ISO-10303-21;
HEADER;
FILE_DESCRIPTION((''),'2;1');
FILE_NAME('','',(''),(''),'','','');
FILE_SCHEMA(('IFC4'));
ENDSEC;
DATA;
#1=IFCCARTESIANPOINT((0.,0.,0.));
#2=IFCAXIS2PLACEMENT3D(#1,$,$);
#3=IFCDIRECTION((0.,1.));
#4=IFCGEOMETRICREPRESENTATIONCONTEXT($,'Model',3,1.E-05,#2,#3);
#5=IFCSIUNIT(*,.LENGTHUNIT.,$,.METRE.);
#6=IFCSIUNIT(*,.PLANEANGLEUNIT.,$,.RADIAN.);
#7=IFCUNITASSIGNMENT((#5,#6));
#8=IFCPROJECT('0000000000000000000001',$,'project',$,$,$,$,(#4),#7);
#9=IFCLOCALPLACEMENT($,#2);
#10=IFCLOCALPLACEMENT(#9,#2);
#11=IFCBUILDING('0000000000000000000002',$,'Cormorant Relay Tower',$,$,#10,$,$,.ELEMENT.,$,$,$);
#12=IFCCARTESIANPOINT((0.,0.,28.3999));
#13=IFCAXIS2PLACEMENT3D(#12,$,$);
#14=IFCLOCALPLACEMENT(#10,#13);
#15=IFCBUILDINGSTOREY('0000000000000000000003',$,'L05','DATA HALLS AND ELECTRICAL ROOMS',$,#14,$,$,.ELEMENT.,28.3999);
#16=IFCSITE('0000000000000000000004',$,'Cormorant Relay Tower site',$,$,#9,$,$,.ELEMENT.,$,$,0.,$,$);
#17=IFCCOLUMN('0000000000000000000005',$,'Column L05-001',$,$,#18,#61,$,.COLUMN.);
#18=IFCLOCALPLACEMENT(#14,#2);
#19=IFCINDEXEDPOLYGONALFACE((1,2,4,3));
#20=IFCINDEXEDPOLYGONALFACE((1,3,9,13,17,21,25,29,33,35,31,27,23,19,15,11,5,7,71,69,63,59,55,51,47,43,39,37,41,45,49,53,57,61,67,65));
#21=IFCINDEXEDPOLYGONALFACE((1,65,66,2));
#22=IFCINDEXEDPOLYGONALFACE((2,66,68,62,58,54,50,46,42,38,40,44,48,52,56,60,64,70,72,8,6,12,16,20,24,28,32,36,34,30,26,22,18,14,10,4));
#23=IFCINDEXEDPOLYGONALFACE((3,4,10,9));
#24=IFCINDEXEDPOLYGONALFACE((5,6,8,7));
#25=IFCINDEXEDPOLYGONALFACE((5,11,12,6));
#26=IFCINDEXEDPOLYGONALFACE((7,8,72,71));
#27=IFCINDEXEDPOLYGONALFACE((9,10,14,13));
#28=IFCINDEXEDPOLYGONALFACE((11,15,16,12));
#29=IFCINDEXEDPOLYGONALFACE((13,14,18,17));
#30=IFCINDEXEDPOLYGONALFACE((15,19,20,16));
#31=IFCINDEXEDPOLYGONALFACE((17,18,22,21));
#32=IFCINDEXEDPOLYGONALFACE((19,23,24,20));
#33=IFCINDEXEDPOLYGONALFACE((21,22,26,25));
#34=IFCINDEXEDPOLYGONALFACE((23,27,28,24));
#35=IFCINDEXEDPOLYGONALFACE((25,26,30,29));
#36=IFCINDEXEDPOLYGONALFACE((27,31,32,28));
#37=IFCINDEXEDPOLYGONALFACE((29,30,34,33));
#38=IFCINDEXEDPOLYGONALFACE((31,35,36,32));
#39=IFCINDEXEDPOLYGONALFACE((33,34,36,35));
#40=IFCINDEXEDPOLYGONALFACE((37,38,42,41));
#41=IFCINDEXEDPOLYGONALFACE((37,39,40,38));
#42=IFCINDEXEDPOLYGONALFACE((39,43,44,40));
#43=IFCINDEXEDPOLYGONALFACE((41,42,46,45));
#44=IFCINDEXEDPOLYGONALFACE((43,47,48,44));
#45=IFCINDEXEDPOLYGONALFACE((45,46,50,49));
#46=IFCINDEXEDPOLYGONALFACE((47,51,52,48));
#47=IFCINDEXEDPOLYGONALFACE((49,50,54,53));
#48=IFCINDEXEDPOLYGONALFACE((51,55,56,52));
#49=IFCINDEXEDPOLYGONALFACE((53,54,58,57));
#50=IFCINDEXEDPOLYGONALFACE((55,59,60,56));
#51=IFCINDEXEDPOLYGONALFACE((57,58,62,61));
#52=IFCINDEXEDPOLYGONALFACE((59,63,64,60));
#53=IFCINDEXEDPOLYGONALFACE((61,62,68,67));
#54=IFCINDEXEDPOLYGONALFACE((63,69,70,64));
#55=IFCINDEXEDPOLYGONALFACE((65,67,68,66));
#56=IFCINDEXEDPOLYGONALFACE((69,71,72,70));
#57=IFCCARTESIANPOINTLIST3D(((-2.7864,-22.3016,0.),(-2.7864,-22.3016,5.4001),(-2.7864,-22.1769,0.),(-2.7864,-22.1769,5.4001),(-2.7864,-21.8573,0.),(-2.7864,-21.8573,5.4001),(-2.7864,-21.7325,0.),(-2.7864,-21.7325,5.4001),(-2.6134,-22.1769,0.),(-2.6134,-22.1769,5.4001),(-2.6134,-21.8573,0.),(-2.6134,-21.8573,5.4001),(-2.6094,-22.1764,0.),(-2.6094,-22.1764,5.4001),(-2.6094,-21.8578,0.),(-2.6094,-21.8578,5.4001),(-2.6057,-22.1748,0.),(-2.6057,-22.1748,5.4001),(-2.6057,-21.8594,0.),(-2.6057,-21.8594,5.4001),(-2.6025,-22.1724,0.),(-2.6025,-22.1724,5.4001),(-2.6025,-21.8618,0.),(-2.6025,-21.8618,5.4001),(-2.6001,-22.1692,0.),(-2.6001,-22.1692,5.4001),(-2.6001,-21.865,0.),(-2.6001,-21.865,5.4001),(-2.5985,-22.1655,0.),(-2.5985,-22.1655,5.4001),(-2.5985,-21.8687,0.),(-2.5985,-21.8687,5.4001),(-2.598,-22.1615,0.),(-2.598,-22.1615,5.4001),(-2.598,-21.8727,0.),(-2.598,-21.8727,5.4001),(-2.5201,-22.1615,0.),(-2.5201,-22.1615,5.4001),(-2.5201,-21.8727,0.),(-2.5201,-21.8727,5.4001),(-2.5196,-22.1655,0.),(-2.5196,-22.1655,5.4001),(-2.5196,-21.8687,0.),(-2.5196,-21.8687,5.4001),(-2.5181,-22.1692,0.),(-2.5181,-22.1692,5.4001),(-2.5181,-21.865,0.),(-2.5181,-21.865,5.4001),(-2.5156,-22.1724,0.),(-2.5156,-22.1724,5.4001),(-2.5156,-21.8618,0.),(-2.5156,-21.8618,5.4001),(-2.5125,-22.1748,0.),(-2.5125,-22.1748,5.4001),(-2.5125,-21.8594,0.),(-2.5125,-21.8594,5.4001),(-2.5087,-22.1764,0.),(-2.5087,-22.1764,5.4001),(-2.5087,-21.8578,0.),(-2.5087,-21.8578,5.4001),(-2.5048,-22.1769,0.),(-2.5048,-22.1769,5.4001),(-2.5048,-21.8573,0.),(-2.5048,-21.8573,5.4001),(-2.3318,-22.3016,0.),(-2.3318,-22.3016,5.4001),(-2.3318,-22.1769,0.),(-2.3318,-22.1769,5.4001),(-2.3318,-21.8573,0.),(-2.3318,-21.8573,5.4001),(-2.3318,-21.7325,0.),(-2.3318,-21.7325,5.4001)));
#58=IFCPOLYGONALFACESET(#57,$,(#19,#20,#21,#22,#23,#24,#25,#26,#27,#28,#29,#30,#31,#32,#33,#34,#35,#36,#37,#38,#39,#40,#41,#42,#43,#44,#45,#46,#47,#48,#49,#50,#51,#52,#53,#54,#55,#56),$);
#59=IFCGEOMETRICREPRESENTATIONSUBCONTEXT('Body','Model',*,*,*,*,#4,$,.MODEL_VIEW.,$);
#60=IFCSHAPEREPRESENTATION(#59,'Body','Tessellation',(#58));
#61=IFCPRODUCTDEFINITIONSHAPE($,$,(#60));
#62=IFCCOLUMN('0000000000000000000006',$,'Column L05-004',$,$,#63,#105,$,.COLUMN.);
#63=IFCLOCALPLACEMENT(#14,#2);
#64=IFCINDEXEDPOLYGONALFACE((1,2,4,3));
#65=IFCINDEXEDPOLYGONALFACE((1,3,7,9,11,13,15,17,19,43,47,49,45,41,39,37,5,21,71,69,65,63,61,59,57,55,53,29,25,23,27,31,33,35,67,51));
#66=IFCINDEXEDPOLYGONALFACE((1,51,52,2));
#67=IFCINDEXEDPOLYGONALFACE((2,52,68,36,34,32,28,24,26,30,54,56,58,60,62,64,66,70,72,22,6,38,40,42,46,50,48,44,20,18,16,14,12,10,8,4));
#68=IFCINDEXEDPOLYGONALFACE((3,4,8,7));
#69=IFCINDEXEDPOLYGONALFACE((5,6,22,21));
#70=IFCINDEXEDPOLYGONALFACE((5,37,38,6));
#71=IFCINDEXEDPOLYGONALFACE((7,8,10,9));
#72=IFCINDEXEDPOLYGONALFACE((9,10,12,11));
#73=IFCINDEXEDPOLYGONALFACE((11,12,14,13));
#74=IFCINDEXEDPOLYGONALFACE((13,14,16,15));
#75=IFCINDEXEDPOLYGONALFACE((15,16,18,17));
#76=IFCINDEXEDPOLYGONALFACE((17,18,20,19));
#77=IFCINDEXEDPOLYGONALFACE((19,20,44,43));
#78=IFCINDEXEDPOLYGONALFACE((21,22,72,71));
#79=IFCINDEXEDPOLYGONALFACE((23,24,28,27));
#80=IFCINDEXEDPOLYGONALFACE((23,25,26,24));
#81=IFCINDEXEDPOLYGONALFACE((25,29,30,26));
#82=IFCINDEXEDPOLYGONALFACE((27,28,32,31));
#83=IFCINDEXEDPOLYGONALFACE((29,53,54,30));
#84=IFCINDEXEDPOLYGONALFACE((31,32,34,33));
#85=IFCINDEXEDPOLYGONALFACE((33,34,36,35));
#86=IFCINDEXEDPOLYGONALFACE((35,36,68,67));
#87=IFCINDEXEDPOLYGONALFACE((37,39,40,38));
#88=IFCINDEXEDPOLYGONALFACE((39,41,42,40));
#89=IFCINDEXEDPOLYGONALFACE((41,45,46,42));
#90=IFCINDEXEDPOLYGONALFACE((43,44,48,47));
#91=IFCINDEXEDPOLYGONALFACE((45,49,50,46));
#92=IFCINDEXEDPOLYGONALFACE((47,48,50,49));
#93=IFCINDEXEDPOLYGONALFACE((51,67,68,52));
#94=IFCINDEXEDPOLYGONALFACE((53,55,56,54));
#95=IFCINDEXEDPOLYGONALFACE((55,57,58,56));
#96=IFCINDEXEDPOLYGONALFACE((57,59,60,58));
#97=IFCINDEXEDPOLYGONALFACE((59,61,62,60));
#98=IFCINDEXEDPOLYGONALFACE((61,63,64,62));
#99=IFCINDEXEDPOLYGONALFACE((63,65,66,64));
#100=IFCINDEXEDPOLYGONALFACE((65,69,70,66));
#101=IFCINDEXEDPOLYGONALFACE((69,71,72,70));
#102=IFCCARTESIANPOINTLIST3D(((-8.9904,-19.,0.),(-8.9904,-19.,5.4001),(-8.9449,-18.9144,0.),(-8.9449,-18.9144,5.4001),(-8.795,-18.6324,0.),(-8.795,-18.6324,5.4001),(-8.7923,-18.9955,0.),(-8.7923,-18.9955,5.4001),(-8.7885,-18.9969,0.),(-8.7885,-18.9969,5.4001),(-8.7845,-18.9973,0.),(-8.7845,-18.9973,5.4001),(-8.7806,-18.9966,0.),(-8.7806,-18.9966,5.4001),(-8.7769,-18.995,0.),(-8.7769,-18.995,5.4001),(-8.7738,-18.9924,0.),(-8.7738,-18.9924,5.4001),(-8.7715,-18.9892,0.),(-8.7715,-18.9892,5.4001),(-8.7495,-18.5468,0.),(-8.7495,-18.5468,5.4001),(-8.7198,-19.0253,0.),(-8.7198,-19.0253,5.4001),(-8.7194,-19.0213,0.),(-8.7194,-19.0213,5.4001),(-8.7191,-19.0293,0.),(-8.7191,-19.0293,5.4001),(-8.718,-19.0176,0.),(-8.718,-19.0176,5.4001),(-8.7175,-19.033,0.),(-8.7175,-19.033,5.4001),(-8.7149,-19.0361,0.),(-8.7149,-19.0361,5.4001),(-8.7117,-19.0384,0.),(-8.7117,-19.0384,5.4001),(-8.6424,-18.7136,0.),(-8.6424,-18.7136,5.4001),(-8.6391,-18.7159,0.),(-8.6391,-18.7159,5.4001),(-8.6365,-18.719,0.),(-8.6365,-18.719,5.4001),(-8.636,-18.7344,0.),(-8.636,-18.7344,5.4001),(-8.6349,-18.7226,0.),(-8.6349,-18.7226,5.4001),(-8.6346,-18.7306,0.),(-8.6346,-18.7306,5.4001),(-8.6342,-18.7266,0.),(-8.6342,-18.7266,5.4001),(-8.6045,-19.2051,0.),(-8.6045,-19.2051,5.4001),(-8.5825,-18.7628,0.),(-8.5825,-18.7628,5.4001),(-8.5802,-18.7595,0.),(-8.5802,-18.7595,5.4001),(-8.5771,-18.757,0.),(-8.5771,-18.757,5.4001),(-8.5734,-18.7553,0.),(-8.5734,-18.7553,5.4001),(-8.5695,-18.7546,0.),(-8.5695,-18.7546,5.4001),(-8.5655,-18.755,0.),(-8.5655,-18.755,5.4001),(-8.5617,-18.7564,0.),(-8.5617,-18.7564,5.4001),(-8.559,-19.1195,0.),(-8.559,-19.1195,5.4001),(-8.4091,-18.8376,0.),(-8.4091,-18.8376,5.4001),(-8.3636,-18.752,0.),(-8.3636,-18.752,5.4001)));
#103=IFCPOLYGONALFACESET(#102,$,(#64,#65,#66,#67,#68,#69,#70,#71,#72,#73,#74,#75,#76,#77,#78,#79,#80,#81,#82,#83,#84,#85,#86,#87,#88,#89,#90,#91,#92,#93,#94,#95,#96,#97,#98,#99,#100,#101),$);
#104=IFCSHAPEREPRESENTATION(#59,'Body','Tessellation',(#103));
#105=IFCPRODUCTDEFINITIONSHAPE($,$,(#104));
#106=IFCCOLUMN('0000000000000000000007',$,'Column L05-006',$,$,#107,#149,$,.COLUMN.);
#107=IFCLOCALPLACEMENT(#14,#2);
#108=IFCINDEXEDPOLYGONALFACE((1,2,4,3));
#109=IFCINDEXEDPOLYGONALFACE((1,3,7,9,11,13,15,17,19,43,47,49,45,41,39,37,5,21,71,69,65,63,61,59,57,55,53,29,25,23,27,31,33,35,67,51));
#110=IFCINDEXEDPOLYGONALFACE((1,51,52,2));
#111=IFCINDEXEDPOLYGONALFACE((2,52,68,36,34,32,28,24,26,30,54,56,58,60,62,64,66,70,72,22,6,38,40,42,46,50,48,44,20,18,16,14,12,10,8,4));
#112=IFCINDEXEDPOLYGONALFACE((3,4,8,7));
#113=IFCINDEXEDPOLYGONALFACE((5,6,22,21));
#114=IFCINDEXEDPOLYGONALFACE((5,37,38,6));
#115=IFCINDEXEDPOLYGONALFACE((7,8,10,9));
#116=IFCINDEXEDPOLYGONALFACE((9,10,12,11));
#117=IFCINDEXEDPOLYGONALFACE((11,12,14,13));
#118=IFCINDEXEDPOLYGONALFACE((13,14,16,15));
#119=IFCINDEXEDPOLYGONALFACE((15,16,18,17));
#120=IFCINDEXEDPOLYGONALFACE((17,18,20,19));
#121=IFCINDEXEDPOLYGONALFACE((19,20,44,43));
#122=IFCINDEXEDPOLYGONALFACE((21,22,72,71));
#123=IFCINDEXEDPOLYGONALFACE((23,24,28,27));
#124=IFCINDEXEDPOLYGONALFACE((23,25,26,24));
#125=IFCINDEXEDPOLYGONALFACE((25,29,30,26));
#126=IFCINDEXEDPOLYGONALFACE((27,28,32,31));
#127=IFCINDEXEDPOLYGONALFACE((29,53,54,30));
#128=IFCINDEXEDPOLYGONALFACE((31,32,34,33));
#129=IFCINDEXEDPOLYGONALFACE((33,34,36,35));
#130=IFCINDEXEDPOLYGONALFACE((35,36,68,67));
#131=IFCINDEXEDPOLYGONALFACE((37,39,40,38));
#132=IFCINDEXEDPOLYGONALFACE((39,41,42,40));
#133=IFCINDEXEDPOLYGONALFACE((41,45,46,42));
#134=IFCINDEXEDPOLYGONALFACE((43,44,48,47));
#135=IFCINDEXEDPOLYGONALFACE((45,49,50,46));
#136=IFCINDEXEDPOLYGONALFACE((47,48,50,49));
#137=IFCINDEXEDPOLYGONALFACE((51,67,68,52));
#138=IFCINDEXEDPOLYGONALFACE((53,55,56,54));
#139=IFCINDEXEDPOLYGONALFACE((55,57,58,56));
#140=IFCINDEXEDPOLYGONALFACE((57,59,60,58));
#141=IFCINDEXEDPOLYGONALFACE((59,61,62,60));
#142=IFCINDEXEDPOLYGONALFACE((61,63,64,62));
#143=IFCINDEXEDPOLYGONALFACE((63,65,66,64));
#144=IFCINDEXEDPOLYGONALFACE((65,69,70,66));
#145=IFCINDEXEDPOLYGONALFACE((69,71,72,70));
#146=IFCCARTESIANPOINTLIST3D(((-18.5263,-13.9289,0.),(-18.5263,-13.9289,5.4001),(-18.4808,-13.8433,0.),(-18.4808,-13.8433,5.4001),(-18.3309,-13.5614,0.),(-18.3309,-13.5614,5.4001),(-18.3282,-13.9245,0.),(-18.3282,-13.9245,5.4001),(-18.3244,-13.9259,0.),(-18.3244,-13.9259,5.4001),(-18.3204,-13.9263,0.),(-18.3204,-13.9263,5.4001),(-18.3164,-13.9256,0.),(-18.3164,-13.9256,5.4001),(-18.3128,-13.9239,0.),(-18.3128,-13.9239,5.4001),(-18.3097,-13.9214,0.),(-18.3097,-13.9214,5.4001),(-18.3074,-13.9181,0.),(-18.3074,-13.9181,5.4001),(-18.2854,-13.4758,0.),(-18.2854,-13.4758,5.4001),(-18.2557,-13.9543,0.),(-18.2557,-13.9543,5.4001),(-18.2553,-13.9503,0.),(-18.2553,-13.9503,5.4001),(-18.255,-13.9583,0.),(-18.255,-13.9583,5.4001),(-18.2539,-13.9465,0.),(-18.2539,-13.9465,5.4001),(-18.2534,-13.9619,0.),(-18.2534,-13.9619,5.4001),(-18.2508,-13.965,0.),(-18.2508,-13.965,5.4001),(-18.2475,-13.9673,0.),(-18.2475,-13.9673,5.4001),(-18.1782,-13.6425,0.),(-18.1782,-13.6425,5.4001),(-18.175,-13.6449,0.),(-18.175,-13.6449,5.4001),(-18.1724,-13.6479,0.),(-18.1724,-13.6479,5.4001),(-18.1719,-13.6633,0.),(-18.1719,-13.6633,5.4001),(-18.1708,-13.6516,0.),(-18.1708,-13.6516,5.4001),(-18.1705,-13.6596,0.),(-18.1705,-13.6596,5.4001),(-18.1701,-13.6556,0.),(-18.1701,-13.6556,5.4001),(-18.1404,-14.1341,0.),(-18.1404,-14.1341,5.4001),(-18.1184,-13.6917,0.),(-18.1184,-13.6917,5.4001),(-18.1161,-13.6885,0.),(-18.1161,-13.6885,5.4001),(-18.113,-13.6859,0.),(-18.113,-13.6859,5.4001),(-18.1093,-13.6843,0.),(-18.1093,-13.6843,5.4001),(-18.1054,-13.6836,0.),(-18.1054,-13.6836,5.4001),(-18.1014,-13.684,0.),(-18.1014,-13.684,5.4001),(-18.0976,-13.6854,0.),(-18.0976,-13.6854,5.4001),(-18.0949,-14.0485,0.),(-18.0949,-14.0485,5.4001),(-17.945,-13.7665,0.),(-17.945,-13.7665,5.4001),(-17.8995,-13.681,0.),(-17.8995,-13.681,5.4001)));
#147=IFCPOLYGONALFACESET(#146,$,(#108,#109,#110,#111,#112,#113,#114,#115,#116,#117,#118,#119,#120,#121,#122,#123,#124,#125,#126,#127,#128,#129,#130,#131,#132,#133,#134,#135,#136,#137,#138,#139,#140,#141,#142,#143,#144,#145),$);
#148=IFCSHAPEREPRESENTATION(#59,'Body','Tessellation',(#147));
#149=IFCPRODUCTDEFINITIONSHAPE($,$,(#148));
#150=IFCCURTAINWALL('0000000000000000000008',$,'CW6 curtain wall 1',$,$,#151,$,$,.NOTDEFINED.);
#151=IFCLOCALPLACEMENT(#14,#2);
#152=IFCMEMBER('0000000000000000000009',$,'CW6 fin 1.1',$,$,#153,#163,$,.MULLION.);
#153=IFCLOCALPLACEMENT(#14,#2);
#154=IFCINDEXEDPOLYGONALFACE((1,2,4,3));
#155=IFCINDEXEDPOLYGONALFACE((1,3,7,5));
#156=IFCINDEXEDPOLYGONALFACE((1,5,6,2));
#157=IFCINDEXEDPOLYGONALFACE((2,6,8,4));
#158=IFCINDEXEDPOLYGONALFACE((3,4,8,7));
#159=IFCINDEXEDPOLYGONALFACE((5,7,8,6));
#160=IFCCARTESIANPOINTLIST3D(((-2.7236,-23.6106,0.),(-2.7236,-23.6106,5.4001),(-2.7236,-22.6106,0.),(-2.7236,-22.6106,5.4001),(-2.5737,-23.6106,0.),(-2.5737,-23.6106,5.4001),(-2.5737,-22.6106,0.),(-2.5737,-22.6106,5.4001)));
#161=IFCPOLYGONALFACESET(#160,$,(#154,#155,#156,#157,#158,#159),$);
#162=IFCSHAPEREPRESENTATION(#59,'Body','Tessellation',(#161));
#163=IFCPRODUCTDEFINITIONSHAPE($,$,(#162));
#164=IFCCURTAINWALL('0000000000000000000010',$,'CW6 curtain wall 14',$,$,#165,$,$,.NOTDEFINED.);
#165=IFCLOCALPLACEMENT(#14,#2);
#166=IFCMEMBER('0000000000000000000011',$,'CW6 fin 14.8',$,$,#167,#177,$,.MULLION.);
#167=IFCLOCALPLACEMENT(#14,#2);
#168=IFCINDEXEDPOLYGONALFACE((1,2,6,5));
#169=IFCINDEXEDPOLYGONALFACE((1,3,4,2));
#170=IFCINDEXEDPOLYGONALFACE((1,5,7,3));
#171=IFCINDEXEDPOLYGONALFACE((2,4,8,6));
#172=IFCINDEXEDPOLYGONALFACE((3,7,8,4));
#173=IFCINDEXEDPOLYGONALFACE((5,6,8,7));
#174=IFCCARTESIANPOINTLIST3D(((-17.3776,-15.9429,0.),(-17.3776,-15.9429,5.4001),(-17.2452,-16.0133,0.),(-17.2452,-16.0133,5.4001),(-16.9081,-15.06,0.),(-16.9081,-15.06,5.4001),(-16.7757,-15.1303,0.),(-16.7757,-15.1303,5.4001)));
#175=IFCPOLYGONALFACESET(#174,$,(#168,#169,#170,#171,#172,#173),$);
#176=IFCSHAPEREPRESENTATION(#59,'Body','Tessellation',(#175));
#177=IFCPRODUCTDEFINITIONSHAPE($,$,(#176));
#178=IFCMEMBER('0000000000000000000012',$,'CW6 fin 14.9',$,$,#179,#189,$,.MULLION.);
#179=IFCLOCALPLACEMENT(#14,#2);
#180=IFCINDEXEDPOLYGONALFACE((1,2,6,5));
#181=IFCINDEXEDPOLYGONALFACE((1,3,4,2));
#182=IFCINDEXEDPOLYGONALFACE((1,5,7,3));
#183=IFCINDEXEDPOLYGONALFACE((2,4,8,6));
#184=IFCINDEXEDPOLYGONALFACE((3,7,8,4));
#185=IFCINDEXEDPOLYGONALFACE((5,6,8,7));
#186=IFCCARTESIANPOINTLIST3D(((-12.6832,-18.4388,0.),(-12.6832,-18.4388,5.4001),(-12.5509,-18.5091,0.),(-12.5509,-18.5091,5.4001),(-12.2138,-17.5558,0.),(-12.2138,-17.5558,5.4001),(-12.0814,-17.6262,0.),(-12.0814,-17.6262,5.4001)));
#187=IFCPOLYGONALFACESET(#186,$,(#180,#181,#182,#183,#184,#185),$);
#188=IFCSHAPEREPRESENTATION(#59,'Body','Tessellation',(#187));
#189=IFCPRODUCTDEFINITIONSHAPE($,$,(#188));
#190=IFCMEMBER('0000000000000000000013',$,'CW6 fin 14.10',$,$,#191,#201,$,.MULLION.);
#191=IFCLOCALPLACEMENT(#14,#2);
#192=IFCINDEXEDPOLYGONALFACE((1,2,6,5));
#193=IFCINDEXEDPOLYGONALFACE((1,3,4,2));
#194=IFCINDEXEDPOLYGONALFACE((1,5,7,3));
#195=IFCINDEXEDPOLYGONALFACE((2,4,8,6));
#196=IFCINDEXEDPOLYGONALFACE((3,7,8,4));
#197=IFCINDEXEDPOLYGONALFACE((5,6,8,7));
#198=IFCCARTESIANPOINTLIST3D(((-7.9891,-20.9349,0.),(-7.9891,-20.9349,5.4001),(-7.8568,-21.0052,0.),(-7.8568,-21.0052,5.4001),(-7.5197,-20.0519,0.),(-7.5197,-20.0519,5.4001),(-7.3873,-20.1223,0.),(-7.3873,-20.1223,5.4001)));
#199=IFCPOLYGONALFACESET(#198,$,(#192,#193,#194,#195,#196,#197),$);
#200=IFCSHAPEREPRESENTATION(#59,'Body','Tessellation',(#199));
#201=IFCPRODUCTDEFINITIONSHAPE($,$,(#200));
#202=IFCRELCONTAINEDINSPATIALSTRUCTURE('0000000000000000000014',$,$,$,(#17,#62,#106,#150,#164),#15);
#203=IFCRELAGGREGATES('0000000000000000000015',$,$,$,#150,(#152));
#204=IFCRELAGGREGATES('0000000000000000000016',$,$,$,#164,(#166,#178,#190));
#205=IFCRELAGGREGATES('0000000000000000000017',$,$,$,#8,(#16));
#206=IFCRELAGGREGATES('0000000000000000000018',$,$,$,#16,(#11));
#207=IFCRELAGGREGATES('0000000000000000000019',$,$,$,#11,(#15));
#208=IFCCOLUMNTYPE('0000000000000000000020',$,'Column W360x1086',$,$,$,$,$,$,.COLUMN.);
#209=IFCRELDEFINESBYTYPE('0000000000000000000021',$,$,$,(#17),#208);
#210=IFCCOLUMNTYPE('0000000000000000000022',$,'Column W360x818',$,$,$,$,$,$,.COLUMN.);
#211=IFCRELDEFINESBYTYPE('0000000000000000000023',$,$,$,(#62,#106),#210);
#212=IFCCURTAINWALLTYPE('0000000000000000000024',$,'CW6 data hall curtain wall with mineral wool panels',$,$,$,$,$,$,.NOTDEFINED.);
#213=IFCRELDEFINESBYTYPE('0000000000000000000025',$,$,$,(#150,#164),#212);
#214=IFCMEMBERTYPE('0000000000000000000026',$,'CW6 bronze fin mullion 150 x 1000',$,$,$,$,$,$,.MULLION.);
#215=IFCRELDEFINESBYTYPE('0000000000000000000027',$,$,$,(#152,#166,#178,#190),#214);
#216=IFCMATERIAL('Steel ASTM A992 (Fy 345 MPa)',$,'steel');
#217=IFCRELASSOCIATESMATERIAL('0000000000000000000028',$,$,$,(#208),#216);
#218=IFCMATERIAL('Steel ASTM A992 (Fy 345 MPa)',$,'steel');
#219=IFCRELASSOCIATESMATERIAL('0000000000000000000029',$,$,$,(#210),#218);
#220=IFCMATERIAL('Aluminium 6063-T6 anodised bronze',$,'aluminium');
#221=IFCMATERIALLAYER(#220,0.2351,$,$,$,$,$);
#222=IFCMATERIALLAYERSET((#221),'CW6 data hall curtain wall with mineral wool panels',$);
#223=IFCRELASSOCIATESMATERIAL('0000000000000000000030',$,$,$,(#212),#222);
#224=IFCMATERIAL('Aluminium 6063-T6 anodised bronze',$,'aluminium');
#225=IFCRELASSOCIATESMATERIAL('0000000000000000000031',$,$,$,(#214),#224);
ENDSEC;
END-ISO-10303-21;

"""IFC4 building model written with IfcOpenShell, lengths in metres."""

from ifc_helpers import new_model, si_unit, direction, frame, origin, origin_2d, place, context, subcontext, project, spatial, rectangle, i_section, extrude, material, layer, layer_set, material_profile, profile_set, type_object, element, aggregate, save


model = new_model("IFC4")

# Units and contexts
model_context = context("Model", 3, precision=1e-05, world=origin(), true_north=direction((0.0, 1.0)))
body_context = subcontext(model_context, "Body", "Model", "MODEL_VIEW")
ifc_project = project(units=[si_unit("LENGTHUNIT", "METRE"), si_unit("PLANEANGLEUNIT", "RADIAN")], contexts=[model_context])

# Site, building, storey
site_placement = place(None, origin())
site = spatial("IfcSite", under=ifc_project, at=site_placement, Name="Cormorant Relay Tower site", CompositionType="ELEMENT", RefElevation=0.0)
building_placement = place(site_placement, origin())
building = spatial("IfcBuilding", under=site, at=building_placement, Name="Cormorant Relay Tower", CompositionType="ELEMENT")
storey_placement = place(building_placement, frame((0.0, 0.0, 28.3999)))
storey = spatial("IfcBuildingStorey", under=building, at=storey_placement, Name="L05", Description="DATA HALLS AND ELECTRICAL ROOMS", CompositionType="ELEMENT", Elevation=28.3999)

# Columns
ifc_material_1 = material(Name="Steel ASTM A992 (Fy 345 MPa)", Category="steel")
ifc_material_profile_1 = material_profile(ifc_material_1, i_section(OverallWidth=0.4546, OverallDepth=0.5691, WebThickness=0.0779, FlangeThickness=0.1248, FilletRadius=0.0154, at=origin_2d()), Name="W360x1086")
ifc_profile_set_1 = profile_set([ifc_material_profile_1], Name="Steel ASTM A992 (Fy 345 MPa)")
column_type_1 = type_object("IfcColumnType", Name="Column W360x1086", PredefinedType="COLUMN", material=ifc_profile_set_1)
column_placement = place(storey_placement, frame((-2.5591, -22.0171, 0.0), z_axis=(0.0, 0.0, 1.0), x_axis=(1.0, 0.0, 0.0)))
element("IfcColumn", 1, at=column_placement, inside=storey, type_object=column_type_1, Name="Column L05-001", PredefinedType="COLUMN", context=body_context, shape_type="SweptSolid", body=[
    extrude(i_section(OverallWidth=0.4546, OverallDepth=0.5691, WebThickness=0.0779, FlangeThickness=0.1248, FilletRadius=0.0154, at=origin_2d()), origin(), (0.0, 0.0, 1.0), 5.4001),
])
ifc_material_2 = material(Name="Steel ASTM A992 (Fy 345 MPa)", Category="steel")
ifc_material_profile_2 = material_profile(ifc_material_2, i_section(OverallWidth=0.437, OverallDepth=0.5132, WebThickness=0.0605, FlangeThickness=0.0969, FilletRadius=0.0154, at=origin_2d()), Name="W360x818")
ifc_profile_set_2 = profile_set([ifc_material_profile_2], Name="Steel ASTM A992 (Fy 345 MPa)")
column_type_2 = type_object("IfcColumnType", Name="Column W360x818", PredefinedType="COLUMN", material=ifc_profile_set_2)
for number, where, z_axis, x_axis, name in (
    (2, (-8.677, -18.876, 0.0), (0.0, 0.0, 1.0), (0.882948, -0.469472, 0.0), "Column L05-004"),
    (3, (-18.2129, -13.8049, 0.0), (0.0, 0.0, 1.0), (0.882948, -0.469472, 0.0), "Column L05-006"),
):
    element("IfcColumn", number, at=place(storey_placement, frame(where, z_axis=z_axis, x_axis=x_axis)), inside=storey, type_object=column_type_2, Name=name, PredefinedType="COLUMN", context=body_context, shape_type="SweptSolid", body=[
        extrude(i_section(OverallWidth=0.437, OverallDepth=0.5132, WebThickness=0.0605, FlangeThickness=0.0969, FilletRadius=0.0154, at=origin_2d()), origin(), (0.0, 0.0, 1.0), 5.4001),
    ])

# Curtain wall, member
ifc_material_3 = material(Name="Aluminium 6063-T6 anodised bronze", Category="aluminium")
ifc_layer_1 = layer(ifc_material_3, 0.2351)
ifc_layer_set_1 = layer_set([ifc_layer_1], Name="CW6 data hall curtain wall with mineral wool panels")
curtain_wall_type = type_object("IfcCurtainWallType", Name="CW6 data hall curtain wall with mineral wool panels", PredefinedType="NOTDEFINED", material=ifc_layer_set_1)
curtain_wall_1_placement = place(storey_placement, origin())
curtain_wall_1 = element("IfcCurtainWall", 4, at=curtain_wall_1_placement, inside=storey, type_object=curtain_wall_type, Name="CW6 curtain wall 1", PredefinedType="NOTDEFINED")
ifc_material_4 = material(Name="Aluminium 6063-T6 anodised bronze", Category="aluminium")
ifc_material_profile_3 = material_profile(ifc_material_4, rectangle(XDim=0.1499, YDim=1.0, at=origin_2d()), Name="AL 150x1000")
ifc_profile_set_3 = profile_set([ifc_material_profile_3], Name="Aluminium 6063-T6 anodised bronze")
member_type_1 = type_object("IfcMemberType", Name="CW6 bronze fin mullion 150 x 1000", PredefinedType="MULLION", material=ifc_profile_set_3)
member_1_placement = place(storey_placement, frame((-2.6487, -23.1106, 0.0), z_axis=(0.0, 0.0, 1.0), x_axis=(1.0, 0.0, 0.0)))
member_1 = element("IfcMember", 5, at=member_1_placement, type_object=member_type_1, Name="CW6 fin 1.1", PredefinedType="MULLION", context=body_context, shape_type="SweptSolid", body=[
    extrude(rectangle(XDim=0.1499, YDim=1.0, at=origin_2d()), origin(), (0.0, 0.0, 1.0), 5.4001),
])

# Curtain wall, members
curtain_wall_2_placement = place(storey_placement, origin())
curtain_wall_2 = element("IfcCurtainWall", 6, at=curtain_wall_2_placement, inside=storey, type_object=curtain_wall_type, Name="CW6 curtain wall 14", PredefinedType="NOTDEFINED")
member_2_placement = place(storey_placement, frame((-17.0767, -15.5366, 0.0), z_axis=(0.0, 0.0, 1.0), x_axis=(0.882948, -0.469472, 0.0)))
member_2 = element("IfcMember", 7, at=member_2_placement, type_object=member_type_1, Name="CW6 fin 14.8", PredefinedType="MULLION", context=body_context, shape_type="SweptSolid", body=[
    extrude(rectangle(XDim=0.1499, YDim=1.0, at=origin_2d()), origin(), (0.0, 0.0, 1.0), 5.4001),
])
member_3_placement = place(storey_placement, frame((-12.3823, -18.0325, 0.0), z_axis=(0.0, 0.0, 1.0), x_axis=(0.882948, -0.469472, 0.0)))
member_3 = element("IfcMember", 8, at=member_3_placement, type_object=member_type_1, Name="CW6 fin 14.9", PredefinedType="MULLION", context=body_context, shape_type="SweptSolid", body=[
    extrude(rectangle(XDim=0.1499, YDim=1.0, at=origin_2d()), origin(), (0.0, 0.0, 1.0), 5.4001),
])
member_4_placement = place(storey_placement, frame((-7.6882, -20.5286, 0.0), z_axis=(0.0, 0.0, 1.0), x_axis=(0.882948, -0.469472, 0.0)))
member_4 = element("IfcMember", 9, at=member_4_placement, type_object=member_type_1, Name="CW6 fin 14.10", PredefinedType="MULLION", context=body_context, shape_type="SweptSolid", body=[
    extrude(rectangle(XDim=0.1499, YDim=1.0, at=origin_2d()), origin(), (0.0, 0.0, 1.0), 5.4001),
])

aggregate(curtain_wall_1, [member_1])
aggregate(curtain_wall_2, [member_2, member_3, member_4])

save(model, "model.ifc")
